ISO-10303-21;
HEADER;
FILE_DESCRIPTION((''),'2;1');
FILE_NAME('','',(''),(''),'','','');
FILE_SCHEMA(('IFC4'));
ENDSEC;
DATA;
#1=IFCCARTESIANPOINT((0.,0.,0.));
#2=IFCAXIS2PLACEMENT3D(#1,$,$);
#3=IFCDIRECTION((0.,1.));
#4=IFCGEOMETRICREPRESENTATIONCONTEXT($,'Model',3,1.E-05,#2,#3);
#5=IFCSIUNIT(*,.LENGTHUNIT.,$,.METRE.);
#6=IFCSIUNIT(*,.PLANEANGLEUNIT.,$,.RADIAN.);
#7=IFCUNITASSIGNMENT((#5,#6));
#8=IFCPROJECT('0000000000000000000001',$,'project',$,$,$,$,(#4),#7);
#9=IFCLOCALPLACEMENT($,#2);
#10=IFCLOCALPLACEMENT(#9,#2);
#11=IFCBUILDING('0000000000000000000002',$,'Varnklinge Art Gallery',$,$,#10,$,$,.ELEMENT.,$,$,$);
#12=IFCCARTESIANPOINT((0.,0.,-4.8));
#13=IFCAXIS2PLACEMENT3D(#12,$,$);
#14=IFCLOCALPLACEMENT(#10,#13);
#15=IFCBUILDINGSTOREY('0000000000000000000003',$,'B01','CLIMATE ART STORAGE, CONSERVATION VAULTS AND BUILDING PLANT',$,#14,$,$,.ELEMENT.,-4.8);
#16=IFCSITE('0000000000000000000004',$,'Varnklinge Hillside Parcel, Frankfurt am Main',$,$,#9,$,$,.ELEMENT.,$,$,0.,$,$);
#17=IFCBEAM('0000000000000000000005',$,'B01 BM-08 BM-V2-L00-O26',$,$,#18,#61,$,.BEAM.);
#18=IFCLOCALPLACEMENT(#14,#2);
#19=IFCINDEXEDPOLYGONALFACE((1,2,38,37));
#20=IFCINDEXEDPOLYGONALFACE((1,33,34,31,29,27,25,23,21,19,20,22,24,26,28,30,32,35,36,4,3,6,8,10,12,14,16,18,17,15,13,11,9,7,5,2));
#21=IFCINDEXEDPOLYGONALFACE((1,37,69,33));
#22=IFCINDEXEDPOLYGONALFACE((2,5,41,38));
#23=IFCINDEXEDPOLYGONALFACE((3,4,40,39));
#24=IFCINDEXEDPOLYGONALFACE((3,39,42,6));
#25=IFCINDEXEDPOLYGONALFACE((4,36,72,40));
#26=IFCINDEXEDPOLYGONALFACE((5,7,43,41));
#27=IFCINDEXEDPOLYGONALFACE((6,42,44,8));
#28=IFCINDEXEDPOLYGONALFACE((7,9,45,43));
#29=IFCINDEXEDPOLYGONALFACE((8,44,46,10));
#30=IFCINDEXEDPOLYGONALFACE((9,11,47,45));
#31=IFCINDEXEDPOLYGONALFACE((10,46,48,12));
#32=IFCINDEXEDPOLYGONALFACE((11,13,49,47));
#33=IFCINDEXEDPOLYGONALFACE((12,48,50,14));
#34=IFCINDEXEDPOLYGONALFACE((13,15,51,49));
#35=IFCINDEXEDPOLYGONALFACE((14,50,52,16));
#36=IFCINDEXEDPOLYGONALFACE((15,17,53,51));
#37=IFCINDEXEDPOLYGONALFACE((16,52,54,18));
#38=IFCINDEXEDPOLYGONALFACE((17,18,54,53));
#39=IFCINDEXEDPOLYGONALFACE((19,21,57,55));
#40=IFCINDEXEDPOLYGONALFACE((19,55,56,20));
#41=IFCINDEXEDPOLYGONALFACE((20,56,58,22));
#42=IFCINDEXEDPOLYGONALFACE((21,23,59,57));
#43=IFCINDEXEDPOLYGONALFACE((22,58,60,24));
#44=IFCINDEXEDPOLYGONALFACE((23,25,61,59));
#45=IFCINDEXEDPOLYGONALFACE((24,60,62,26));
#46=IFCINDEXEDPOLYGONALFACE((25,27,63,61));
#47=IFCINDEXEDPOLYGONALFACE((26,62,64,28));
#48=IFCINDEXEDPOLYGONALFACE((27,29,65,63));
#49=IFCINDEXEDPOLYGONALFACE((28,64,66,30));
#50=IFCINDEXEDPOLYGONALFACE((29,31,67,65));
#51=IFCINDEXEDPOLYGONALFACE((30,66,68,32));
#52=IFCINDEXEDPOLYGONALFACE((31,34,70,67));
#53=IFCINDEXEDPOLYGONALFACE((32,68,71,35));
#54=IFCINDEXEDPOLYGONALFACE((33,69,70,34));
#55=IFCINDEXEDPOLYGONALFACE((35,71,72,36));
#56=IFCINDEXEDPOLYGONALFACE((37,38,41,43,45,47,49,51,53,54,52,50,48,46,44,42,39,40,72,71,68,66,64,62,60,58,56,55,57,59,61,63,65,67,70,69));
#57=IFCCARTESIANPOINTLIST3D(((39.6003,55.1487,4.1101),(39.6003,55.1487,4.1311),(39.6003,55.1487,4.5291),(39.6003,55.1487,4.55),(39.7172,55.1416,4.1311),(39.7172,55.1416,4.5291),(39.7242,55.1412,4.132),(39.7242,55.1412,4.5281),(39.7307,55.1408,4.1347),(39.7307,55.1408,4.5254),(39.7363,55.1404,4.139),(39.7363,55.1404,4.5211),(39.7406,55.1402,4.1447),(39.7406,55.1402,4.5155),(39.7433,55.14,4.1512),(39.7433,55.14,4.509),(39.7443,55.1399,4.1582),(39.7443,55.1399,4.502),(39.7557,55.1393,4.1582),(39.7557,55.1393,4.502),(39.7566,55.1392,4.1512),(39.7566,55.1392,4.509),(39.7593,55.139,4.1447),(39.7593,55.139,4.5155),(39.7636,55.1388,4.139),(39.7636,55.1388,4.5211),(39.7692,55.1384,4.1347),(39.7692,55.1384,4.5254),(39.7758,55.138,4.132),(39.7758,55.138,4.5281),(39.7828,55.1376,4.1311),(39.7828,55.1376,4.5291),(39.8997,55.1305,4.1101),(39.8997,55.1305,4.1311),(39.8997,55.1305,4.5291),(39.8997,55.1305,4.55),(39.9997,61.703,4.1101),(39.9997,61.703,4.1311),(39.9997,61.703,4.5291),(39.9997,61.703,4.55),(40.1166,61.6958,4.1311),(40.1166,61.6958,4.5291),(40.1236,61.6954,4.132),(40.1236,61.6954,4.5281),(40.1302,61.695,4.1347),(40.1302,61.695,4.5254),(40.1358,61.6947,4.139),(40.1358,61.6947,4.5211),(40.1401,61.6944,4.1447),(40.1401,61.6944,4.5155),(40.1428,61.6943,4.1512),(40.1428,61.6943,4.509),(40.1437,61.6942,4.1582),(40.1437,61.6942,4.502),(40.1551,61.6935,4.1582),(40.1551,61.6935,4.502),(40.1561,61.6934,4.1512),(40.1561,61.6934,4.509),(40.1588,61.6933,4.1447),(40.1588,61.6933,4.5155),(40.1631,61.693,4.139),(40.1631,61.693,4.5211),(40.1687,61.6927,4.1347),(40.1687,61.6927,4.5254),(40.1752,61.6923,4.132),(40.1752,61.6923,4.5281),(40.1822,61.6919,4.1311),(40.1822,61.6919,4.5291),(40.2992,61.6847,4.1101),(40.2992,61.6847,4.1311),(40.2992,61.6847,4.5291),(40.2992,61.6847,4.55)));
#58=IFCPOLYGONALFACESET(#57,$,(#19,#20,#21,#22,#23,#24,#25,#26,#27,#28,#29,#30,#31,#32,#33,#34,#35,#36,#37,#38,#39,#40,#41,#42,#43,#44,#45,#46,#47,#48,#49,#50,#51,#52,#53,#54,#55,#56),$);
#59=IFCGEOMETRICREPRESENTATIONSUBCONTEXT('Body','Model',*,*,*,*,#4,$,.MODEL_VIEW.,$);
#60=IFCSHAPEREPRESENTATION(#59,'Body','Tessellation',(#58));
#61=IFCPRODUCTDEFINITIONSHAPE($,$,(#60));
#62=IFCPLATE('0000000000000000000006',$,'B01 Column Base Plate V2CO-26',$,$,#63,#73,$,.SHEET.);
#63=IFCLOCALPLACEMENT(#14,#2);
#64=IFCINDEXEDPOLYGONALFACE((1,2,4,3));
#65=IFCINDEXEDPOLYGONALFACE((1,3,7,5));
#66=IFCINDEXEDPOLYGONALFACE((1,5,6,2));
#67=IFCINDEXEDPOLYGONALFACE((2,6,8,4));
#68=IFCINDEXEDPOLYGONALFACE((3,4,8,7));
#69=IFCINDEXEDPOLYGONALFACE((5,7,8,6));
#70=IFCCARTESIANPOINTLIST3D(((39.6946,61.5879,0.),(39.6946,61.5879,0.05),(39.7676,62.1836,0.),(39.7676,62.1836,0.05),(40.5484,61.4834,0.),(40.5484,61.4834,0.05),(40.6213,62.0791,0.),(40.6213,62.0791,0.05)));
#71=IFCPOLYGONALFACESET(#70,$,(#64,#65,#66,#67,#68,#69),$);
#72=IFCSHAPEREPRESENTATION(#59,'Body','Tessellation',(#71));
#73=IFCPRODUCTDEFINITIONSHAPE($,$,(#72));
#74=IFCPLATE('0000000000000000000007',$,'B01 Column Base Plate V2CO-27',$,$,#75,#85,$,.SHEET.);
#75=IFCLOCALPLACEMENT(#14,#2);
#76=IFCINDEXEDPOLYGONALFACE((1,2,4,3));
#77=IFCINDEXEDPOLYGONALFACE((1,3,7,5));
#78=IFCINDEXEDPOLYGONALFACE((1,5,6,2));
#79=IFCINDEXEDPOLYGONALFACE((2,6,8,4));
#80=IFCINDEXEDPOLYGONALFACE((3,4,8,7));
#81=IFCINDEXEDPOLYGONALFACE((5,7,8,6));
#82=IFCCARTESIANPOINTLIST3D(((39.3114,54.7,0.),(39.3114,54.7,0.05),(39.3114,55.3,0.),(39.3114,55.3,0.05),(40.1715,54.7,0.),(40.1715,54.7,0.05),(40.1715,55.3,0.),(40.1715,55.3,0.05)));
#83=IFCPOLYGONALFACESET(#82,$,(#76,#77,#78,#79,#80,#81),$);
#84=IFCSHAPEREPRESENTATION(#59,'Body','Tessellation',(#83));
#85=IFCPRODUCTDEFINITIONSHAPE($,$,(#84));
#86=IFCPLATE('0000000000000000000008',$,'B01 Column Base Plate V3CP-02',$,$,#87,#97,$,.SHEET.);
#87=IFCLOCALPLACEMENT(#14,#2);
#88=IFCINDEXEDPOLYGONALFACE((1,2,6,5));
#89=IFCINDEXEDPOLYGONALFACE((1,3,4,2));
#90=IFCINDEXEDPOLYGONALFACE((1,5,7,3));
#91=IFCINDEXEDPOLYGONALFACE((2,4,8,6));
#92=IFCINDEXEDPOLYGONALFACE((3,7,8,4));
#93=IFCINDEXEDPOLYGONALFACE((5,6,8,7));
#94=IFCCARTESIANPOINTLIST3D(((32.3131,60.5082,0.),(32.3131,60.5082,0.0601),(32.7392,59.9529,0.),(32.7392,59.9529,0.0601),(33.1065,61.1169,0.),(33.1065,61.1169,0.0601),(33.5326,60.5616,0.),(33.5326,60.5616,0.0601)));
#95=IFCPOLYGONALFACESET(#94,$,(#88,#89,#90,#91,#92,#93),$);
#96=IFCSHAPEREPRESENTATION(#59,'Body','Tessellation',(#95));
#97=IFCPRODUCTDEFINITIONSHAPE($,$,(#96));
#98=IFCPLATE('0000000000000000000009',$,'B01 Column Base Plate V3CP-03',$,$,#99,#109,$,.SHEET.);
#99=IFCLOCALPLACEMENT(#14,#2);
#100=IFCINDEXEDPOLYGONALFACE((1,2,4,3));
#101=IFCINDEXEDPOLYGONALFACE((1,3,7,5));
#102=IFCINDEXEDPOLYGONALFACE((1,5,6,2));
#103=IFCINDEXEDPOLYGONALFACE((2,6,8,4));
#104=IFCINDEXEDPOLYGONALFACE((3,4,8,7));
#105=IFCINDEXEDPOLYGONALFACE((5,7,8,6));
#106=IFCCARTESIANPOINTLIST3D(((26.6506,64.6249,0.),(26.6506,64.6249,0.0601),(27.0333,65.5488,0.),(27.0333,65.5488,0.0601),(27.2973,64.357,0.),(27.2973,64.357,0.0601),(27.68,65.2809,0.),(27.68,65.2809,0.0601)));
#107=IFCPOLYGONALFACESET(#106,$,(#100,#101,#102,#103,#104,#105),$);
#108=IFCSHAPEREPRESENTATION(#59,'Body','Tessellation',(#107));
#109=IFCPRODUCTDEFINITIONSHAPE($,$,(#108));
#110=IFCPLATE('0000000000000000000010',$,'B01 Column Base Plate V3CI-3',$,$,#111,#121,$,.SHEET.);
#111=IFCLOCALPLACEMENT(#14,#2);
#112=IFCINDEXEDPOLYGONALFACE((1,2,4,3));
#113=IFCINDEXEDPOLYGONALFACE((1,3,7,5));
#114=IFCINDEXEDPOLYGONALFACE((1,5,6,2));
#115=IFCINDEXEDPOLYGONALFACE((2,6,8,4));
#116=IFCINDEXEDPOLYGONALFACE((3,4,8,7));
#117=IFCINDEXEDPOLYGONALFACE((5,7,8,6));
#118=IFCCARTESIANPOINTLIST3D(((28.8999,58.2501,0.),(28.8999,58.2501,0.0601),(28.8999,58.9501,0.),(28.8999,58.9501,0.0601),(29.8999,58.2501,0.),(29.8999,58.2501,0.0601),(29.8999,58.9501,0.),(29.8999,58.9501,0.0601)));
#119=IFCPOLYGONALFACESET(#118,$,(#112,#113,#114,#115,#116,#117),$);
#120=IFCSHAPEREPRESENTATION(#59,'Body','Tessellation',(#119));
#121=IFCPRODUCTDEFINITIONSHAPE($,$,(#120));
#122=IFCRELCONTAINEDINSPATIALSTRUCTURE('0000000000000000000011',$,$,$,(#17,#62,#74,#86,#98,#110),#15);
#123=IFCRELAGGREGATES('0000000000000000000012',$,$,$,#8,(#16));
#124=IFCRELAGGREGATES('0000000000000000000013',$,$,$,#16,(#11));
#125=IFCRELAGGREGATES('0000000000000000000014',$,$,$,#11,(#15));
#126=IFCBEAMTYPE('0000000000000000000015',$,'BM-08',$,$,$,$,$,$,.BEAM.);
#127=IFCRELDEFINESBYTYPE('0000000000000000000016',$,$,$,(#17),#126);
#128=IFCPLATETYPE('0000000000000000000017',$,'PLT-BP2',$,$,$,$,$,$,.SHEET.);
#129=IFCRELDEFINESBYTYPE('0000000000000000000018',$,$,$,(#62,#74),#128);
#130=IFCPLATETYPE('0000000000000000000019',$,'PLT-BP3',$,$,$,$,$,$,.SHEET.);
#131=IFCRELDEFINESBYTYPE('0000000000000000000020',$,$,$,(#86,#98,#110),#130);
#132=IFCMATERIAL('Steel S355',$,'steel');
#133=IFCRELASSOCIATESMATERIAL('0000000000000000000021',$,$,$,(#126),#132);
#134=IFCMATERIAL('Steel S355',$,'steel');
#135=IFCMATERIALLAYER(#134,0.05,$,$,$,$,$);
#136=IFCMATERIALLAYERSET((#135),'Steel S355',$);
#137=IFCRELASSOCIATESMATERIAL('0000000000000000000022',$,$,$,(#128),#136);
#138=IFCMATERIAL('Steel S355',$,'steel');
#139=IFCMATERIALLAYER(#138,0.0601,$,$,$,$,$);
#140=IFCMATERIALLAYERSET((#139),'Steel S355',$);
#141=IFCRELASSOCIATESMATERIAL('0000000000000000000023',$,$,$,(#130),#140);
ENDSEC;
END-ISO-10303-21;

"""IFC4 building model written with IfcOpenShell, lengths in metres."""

from ifc_helpers import new_model, si_unit, direction, frame, origin, origin_2d, place, context, subcontext, project, spatial, rectangle, i_section, extrude, material, layer, layer_set, material_profile, profile_set, type_object, element, save


model = new_model("IFC4")

# Units and contexts
model_context = context("Model", 3, precision=1e-05, world=origin(), true_north=direction((0.0, 1.0)))
body_context = subcontext(model_context, "Body", "Model", "MODEL_VIEW")
ifc_project = project(units=[si_unit("LENGTHUNIT", "METRE"), si_unit("PLANEANGLEUNIT", "RADIAN")], contexts=[model_context])

# Site, building, storey
site_placement = place(None, origin())
site = spatial("IfcSite", under=ifc_project, at=site_placement, Name="Varnklinge Hillside Parcel, Frankfurt am Main", CompositionType="ELEMENT", RefElevation=0.0)
building_placement = place(site_placement, origin())
building = spatial("IfcBuilding", under=site, at=building_placement, Name="Varnklinge Art Gallery", CompositionType="ELEMENT")
storey_placement = place(building_placement, frame((0.0, 0.0, -4.8)))
storey = spatial("IfcBuildingStorey", under=building, at=storey_placement, Name="B01", Description="CLIMATE ART STORAGE, CONSERVATION VAULTS AND BUILDING PLANT", CompositionType="ELEMENT", Elevation=-4.8)

# Beam
ifc_material_1 = material(Name="Steel S355", Category="steel")
ifc_material_profile_1 = material_profile(ifc_material_1, i_section(OverallWidth=0.3, OverallDepth=0.4399, WebThickness=0.0115, FlangeThickness=0.021, FilletRadius=0.0271, at=origin_2d()), Name="HEA 450")
ifc_profile_set_1 = profile_set([ifc_material_profile_1], Name="Steel S355")
beam_type_1 = type_object("IfcBeamType", Name="BM-08", PredefinedType="BEAM", material=ifc_profile_set_1)
beam_1_placement = place(storey_placement, frame((40.1494, 61.6938, 4.3301), z_axis=(-0.060827, -0.998148, 0.0), x_axis=(0.998148, -0.060827, 0.0)))
element("IfcBeam", 1, at=beam_1_placement, inside=storey, type_object=beam_type_1, Name="B01 BM-08 BM-V2-L00-O26", PredefinedType="BEAM", context=body_context, shape_type="SweptSolid", body=[
    extrude(i_section(OverallWidth=0.3, OverallDepth=0.4399, WebThickness=0.0115, FlangeThickness=0.021, FilletRadius=0.0271, at=origin_2d()), origin(), (0.0, 0.0, 1.0), 6.5664),
])

# Plates
ifc_material_2 = material(Name="Steel S355", Category="steel")
ifc_layer_1 = layer(ifc_material_2, 0.05)
ifc_layer_set_1 = layer_set([ifc_layer_1], Name="Steel S355")
plate_type_1 = type_object("IfcPlateType", Name="PLT-BP2", PredefinedType="SHEET", material=ifc_layer_set_1)
for number, where, z_axis, x_axis, name in (
    (2, (40.158, 61.8335, 0.0), (0.0, 0.0, 1.0), (0.992589, -0.121523, 0.0), "B01 Column Base Plate V2CO-26"),
    (3, (39.7415, 55.0, 0.0), (0.0, 0.0, 1.0), (1.0, 0.0, 0.0), "B01 Column Base Plate V2CO-27"),
):
    element("IfcPlate", number, at=place(storey_placement, frame(where, z_axis=z_axis, x_axis=x_axis)), inside=storey, type_object=plate_type_1, Name=name, PredefinedType="SHEET", context=body_context, shape_type="SweptSolid", body=[
        extrude(rectangle(XDim=0.8601, YDim=0.6001, at=origin_2d()), origin(), (0.0, 0.0, 1.0), 0.05),
    ])
ifc_material_3 = material(Name="Steel S355", Category="steel")
ifc_layer_2 = layer(ifc_material_3, 0.0601)
ifc_layer_set_2 = layer_set([ifc_layer_2], Name="Steel S355")
plate_type_2 = type_object("IfcPlateType", Name="PLT-BP3", PredefinedType="SHEET", material=ifc_layer_set_2)
for number, where, z_axis, x_axis, name in (
    (4, (32.9229, 60.5349, 0.0), (0.0, 0.0, 1.0), (0.793353, 0.608761, 0.0), "B01 Column Base Plate V3CP-02"),
    (5, (27.1653, 64.9529, 0.0), (0.0, 0.0, 1.0), (0.382683, 0.92388, 0.0), "B01 Column Base Plate V3CP-03"),
    (6, (29.3999, 58.6001, 0.0), (0.0, 0.0, 1.0), (1.0, 0.0, 0.0), "B01 Column Base Plate V3CI-3"),
):
    element("IfcPlate", number, at=place(storey_placement, frame(where, z_axis=z_axis, x_axis=x_axis)), inside=storey, type_object=plate_type_2, Name=name, PredefinedType="SHEET", context=body_context, shape_type="SweptSolid", body=[
        extrude(rectangle(XDim=1.0, YDim=0.7, at=origin_2d()), origin(), (0.0, 0.0, 1.0), 0.0601),
    ])

save(model, "model.ifc")
